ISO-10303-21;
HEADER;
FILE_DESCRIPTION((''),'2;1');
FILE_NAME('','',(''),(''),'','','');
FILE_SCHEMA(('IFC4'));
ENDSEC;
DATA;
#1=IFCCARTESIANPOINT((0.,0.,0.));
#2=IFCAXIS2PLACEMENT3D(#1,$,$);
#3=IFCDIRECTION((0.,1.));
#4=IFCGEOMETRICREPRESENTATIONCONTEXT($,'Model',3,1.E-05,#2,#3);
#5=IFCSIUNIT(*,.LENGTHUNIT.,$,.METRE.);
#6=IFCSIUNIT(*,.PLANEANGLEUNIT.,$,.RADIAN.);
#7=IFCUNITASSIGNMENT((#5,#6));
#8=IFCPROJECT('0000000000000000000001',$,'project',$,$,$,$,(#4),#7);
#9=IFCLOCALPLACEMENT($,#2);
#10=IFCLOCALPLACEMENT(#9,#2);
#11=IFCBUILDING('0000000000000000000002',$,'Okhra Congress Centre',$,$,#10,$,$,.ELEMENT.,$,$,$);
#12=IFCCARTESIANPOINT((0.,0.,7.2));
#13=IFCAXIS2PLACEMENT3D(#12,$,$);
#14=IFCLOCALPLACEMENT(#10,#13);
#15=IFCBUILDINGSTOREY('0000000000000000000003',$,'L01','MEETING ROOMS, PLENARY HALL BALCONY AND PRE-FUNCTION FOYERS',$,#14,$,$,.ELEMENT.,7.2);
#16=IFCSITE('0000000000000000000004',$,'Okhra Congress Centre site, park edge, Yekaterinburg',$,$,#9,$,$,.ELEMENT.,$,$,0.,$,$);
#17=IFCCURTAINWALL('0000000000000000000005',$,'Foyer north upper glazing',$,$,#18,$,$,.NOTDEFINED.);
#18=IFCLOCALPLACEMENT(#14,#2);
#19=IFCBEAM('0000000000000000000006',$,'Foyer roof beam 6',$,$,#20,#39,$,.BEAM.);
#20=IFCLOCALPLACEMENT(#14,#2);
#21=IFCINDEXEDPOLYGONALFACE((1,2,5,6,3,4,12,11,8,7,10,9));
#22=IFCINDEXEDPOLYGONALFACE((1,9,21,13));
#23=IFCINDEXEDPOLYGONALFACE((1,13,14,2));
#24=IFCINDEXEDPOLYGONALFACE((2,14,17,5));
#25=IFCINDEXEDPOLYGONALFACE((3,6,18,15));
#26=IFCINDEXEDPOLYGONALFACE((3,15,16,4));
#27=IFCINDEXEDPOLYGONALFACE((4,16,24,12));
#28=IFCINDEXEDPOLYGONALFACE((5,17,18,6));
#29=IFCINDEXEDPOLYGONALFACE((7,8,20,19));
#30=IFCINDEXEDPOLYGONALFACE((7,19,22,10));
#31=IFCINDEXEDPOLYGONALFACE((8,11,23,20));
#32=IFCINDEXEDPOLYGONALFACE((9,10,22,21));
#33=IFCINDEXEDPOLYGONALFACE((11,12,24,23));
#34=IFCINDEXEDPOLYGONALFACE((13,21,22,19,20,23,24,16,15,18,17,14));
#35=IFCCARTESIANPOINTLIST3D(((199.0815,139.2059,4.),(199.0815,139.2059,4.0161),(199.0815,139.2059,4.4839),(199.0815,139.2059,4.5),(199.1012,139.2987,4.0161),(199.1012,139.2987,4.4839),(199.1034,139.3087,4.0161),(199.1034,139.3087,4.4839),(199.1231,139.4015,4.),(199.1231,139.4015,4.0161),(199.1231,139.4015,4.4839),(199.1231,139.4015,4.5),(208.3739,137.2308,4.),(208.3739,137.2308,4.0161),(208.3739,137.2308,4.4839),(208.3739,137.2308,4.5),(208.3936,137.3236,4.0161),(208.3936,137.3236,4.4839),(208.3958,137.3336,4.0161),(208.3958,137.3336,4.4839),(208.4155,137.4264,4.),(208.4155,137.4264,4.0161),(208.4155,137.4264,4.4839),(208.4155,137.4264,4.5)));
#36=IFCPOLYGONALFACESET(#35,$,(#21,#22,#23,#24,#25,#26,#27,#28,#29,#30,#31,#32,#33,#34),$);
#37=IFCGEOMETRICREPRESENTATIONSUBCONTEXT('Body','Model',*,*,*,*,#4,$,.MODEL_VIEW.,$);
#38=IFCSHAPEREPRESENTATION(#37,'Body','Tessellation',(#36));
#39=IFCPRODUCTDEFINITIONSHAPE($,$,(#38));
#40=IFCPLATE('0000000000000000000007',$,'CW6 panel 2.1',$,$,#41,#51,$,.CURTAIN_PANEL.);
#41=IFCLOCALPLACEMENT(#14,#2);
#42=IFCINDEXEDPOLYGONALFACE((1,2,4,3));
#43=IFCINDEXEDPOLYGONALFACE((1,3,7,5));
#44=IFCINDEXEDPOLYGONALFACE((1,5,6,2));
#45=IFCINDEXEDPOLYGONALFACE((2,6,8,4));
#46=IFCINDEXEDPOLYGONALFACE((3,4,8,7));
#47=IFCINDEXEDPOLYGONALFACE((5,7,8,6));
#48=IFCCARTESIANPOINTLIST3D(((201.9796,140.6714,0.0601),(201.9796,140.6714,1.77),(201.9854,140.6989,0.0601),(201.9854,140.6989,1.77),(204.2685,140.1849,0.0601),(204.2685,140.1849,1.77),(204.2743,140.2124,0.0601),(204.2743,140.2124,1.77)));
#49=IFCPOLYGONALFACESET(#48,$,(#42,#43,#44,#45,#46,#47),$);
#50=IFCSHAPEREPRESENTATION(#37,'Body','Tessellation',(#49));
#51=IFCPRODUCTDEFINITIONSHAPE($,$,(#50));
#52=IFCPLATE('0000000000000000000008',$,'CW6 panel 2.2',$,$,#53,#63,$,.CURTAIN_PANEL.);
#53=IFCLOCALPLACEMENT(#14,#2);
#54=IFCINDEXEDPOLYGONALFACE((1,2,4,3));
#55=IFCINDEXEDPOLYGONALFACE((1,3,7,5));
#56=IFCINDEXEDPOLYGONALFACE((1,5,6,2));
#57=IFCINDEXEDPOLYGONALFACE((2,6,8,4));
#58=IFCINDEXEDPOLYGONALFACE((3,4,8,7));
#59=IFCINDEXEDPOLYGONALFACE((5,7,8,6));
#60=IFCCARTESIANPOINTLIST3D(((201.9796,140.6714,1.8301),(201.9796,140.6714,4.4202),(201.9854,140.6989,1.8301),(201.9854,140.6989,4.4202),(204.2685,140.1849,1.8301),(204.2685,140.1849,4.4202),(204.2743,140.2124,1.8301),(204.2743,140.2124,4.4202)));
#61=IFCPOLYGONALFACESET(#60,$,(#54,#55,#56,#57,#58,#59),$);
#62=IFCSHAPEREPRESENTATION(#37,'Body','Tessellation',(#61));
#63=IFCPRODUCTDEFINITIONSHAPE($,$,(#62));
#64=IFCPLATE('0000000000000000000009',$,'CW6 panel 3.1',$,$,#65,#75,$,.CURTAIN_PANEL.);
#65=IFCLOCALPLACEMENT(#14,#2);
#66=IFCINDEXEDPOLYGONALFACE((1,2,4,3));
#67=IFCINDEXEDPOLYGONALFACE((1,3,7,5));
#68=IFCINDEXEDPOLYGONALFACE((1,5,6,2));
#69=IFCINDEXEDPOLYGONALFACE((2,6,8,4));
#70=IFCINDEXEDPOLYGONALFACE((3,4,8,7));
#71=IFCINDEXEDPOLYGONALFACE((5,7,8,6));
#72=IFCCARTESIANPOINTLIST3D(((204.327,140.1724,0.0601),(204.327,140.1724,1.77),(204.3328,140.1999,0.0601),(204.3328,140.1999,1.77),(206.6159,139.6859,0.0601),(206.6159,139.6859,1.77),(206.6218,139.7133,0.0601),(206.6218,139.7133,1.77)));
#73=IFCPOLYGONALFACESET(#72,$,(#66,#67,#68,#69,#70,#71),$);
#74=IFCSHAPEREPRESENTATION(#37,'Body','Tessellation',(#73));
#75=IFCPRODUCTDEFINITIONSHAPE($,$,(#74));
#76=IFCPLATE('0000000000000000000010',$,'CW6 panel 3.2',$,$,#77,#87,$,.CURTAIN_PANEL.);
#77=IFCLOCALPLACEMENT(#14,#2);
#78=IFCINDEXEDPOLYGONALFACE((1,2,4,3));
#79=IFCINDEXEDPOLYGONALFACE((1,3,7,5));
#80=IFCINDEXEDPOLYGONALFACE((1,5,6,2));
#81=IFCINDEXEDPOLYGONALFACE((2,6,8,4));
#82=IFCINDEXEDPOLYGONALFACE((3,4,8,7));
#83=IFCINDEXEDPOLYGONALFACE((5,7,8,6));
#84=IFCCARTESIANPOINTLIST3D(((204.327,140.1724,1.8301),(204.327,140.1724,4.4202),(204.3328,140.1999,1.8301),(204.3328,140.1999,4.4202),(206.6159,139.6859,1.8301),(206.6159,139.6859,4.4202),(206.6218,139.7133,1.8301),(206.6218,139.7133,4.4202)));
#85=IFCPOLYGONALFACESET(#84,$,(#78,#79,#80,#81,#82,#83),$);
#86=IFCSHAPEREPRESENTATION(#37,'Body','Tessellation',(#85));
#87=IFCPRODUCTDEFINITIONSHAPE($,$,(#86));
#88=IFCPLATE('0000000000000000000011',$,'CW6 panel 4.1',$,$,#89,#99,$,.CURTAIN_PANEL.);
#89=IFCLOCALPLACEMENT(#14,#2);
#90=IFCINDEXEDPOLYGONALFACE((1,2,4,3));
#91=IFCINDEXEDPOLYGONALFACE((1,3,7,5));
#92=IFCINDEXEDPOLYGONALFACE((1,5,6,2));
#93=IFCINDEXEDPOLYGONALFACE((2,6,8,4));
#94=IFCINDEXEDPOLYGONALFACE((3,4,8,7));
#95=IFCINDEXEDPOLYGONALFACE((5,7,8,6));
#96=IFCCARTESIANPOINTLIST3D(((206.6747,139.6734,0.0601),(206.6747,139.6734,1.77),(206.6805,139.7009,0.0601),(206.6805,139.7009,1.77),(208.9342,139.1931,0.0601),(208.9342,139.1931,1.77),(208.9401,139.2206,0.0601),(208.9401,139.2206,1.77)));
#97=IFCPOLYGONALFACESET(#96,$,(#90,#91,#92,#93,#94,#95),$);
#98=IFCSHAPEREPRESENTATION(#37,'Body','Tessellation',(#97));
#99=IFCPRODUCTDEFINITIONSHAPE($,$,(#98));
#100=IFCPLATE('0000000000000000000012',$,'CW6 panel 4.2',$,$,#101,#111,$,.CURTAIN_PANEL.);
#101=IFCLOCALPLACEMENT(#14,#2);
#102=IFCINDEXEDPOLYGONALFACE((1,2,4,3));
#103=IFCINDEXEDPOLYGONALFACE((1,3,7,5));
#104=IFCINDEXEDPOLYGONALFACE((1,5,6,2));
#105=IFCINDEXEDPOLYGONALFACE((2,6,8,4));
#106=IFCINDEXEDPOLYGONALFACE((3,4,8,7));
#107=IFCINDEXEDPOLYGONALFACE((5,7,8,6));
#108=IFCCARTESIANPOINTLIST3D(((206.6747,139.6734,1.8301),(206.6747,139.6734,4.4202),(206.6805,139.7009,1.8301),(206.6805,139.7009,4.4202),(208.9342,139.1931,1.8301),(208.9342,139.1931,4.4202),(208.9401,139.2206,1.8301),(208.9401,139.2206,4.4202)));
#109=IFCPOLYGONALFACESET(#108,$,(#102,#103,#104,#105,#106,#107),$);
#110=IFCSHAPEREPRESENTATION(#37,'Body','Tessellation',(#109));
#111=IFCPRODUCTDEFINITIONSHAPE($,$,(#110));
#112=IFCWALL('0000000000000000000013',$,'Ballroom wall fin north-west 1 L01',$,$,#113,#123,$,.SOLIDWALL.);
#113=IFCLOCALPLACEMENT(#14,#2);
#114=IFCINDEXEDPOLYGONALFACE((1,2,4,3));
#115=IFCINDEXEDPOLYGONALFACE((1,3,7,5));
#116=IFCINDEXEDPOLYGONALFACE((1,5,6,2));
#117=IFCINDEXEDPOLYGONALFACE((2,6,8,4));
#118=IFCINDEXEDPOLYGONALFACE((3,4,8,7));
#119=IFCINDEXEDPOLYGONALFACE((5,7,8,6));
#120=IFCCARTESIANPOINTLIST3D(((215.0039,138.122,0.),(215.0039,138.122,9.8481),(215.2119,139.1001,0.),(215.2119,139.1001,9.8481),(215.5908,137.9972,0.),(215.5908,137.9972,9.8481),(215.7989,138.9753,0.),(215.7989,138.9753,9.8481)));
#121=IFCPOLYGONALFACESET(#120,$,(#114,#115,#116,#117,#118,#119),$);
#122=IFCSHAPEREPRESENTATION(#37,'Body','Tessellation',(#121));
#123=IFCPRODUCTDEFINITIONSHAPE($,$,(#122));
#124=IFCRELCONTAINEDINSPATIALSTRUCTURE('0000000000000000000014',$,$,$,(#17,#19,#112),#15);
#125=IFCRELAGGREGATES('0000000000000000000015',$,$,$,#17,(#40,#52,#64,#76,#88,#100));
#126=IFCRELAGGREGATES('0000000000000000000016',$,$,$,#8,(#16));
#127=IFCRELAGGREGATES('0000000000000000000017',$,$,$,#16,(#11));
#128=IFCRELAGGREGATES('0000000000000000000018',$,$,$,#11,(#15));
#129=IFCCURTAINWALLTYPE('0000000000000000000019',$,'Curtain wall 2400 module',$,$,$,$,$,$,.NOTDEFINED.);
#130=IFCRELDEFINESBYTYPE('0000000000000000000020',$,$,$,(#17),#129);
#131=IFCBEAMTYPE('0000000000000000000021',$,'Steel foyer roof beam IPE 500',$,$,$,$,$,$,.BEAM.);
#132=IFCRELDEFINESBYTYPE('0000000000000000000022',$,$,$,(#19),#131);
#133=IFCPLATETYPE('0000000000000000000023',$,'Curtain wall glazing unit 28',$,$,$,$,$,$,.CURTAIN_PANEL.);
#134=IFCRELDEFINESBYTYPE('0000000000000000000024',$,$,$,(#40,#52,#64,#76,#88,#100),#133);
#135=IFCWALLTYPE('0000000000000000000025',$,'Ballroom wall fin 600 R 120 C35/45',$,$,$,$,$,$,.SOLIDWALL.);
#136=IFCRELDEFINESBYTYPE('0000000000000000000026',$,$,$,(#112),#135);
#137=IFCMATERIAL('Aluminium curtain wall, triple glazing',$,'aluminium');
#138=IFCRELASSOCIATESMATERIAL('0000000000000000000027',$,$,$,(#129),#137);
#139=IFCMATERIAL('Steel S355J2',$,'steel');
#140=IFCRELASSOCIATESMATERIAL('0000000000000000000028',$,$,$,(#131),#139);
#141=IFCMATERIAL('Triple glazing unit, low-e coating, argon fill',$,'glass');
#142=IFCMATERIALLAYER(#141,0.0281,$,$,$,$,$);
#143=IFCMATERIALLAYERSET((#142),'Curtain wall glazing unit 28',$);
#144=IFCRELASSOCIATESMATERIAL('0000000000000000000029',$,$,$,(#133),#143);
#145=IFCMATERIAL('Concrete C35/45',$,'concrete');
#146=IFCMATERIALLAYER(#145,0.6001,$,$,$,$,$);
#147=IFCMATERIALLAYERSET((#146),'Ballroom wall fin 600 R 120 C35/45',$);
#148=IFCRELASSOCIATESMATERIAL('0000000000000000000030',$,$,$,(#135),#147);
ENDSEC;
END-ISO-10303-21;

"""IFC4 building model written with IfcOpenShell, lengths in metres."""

from ifc_helpers import new_model, si_unit, direction, frame, frame_2d, origin, origin_2d, place, context, subcontext, project, spatial, rectangle, i_section, extrude, material, layer, layer_set, material_profile, profile_set, type_object, element, aggregate, save


model = new_model("IFC4")

# Units and contexts
model_context = context("Model", 3, precision=1e-05, world=origin(), true_north=direction((0.0, 1.0)))
body_context = subcontext(model_context, "Body", "Model", "MODEL_VIEW")
ifc_project = project(units=[si_unit("LENGTHUNIT", "METRE"), si_unit("PLANEANGLEUNIT", "RADIAN")], contexts=[model_context])

# Site, building, storey
site_placement = place(None, origin())
site = spatial("IfcSite", under=ifc_project, at=site_placement, Name="Okhra Congress Centre site, park edge, Yekaterinburg", CompositionType="ELEMENT", RefElevation=0.0)
building_placement = place(site_placement, origin())
building = spatial("IfcBuilding", under=site, at=building_placement, Name="Okhra Congress Centre", CompositionType="ELEMENT")
storey_placement = place(building_placement, frame((0.0, 0.0, 7.2)))
storey = spatial("IfcBuildingStorey", under=building, at=storey_placement, Name="L01", Description="MEETING ROOMS, PLENARY HALL BALCONY AND PRE-FUNCTION FOYERS", CompositionType="ELEMENT", Elevation=7.2)

# Curtain wall
ifc_material_1 = material(Name="Aluminium curtain wall, triple glazing", Category="aluminium")
curtain_wall_type = type_object("IfcCurtainWallType", Name="Curtain wall 2400 module", PredefinedType="NOTDEFINED", material=ifc_material_1)
curtain_wall_placement = place(storey_placement, origin())
curtain_wall = element("IfcCurtainWall", 1, at=curtain_wall_placement, inside=storey, type_object=curtain_wall_type, Name="Foyer north upper glazing", PredefinedType="NOTDEFINED")

# Beam
ifc_material_2 = material(Name="Steel S355J2", Category="steel")
ifc_material_profile_1 = material_profile(ifc_material_2, i_section(OverallWidth=0.2, OverallDepth=0.5, WebThickness=0.0103, FlangeThickness=0.0161, at=origin_2d()), Name="IPE 500")
ifc_profile_set_1 = profile_set([ifc_material_profile_1], Name="Steel S355J2")
beam_type = type_object("IfcBeamType", Name="Steel foyer roof beam IPE 500", PredefinedType="BEAM", material=ifc_profile_set_1)
beam_placement = place(storey_placement, frame((199.1023, 139.3037, 4.25), z_axis=(0.978149, -0.207904, 0.0), x_axis=(0.207904, 0.978149, 0.0)))
element("IfcBeam", 2, at=beam_placement, inside=storey, type_object=beam_type, Name="Foyer roof beam 6", PredefinedType="BEAM", context=body_context, shape_type="SweptSolid", body=[
    extrude(i_section(OverallWidth=0.2, OverallDepth=0.5, WebThickness=0.0103, FlangeThickness=0.0161, at=origin_2d()), origin(), (0.0, 0.0, 1.0), 9.5),
])

# Plates
ifc_material_3 = material(Name="Triple glazing unit, low-e coating, argon fill", Category="glass")
ifc_layer_1 = layer(ifc_material_3, 0.0281)
ifc_layer_set_1 = layer_set([ifc_layer_1], Name="Curtain wall glazing unit 28")
plate_type = type_object("IfcPlateType", Name="Curtain wall glazing unit 28", PredefinedType="CURTAIN_PANEL", material=ifc_layer_set_1)
plate_1_placement = place(storey_placement, frame((203.127, 140.4419, 0.0601), z_axis=(0.0, 0.0, 1.0), x_axis=(0.978148, -0.207912, 0.0)))
plate_1 = element("IfcPlate", 3, at=plate_1_placement, type_object=plate_type, Name="CW6 panel 2.1", PredefinedType="CURTAIN_PANEL", context=body_context, shape_type="SweptSolid", body=[
    extrude(rectangle(XDim=2.3401, YDim=0.0281, at=origin_2d()), origin(), (0.0, 0.0, 1.0), 1.71),
])
plate_2_placement = place(storey_placement, frame((203.127, 140.4419, 1.8301), z_axis=(0.0, 0.0, 1.0), x_axis=(0.978148, -0.207912, 0.0)))
plate_2 = element("IfcPlate", 4, at=plate_2_placement, type_object=plate_type, Name="CW6 panel 2.2", PredefinedType="CURTAIN_PANEL", context=body_context, shape_type="SweptSolid", body=[
    extrude(rectangle(XDim=2.3401, YDim=0.0281, at=origin_2d()), origin(), (0.0, 0.0, 1.0), 2.5901),
])
plate_3_placement = place(storey_placement, frame((205.4744, 139.9429, 0.0601), z_axis=(0.0, 0.0, 1.0), x_axis=(0.978148, -0.207912, 0.0)))
plate_3 = element("IfcPlate", 5, at=plate_3_placement, type_object=plate_type, Name="CW6 panel 3.1", PredefinedType="CURTAIN_PANEL", context=body_context, shape_type="SweptSolid", body=[
    extrude(rectangle(XDim=2.3401, YDim=0.0281, at=origin_2d()), origin(), (0.0, 0.0, 1.0), 1.71),
])
plate_4_placement = place(storey_placement, frame((205.4744, 139.9429, 1.8301), z_axis=(0.0, 0.0, 1.0), x_axis=(0.978148, -0.207912, 0.0)))
plate_4 = element("IfcPlate", 6, at=plate_4_placement, type_object=plate_type, Name="CW6 panel 3.2", PredefinedType="CURTAIN_PANEL", context=body_context, shape_type="SweptSolid", body=[
    extrude(rectangle(XDim=2.3401, YDim=0.0281, at=origin_2d()), origin(), (0.0, 0.0, 1.0), 2.5901),
])
plate_5_placement = place(storey_placement, frame((207.8074, 139.447, 0.0601), z_axis=(0.0, 0.0, 1.0), x_axis=(0.978148, -0.207912, 0.0)))
plate_5 = element("IfcPlate", 7, at=plate_5_placement, type_object=plate_type, Name="CW6 panel 4.1", PredefinedType="CURTAIN_PANEL", context=body_context, shape_type="SweptSolid", body=[
    extrude(rectangle(XDim=2.3101, YDim=0.0281, at=origin_2d()), origin(), (0.0, 0.0, 1.0), 1.71),
])
plate_6_placement = place(storey_placement, frame((207.8074, 139.447, 1.8301), z_axis=(0.0, 0.0, 1.0), x_axis=(0.978148, -0.207912, 0.0)))
plate_6 = element("IfcPlate", 8, at=plate_6_placement, type_object=plate_type, Name="CW6 panel 4.2", PredefinedType="CURTAIN_PANEL", context=body_context, shape_type="SweptSolid", body=[
    extrude(rectangle(XDim=2.3101, YDim=0.0281, at=origin_2d()), origin(), (0.0, 0.0, 1.0), 2.5901),
])
aggregate(curtain_wall, [plate_1, plate_2, plate_3, plate_4, plate_5, plate_6])

# Wall
ifc_material_4 = material(Name="Concrete C35/45", Category="concrete")
ifc_layer_2 = layer(ifc_material_4, 0.6001)
ifc_layer_set_2 = layer_set([ifc_layer_2], Name="Ballroom wall fin 600 R 120 C35/45")
wall_type_1 = type_object("IfcWallType", Name="Ballroom wall fin 600 R 120 C35/45", PredefinedType="SOLIDWALL", material=ifc_layer_set_2)
wall_1_placement = place(storey_placement, frame((215.2974, 138.0596, 0.0), z_axis=(0.0, 0.0, 1.0), x_axis=(0.208028, 0.978123, 0.0)))
element("IfcWall", 9, at=wall_1_placement, inside=storey, type_object=wall_type_1, Name="Ballroom wall fin north-west 1 L01", PredefinedType="SOLIDWALL", context=body_context, shape_type="SweptSolid", body=[
    extrude(rectangle(XDim=1.0, YDim=0.6001, at=frame_2d((0.5, 0.0))), origin(), (0.0, 0.0, 1.0), 9.8481),
])

save(model, "model.ifc")
